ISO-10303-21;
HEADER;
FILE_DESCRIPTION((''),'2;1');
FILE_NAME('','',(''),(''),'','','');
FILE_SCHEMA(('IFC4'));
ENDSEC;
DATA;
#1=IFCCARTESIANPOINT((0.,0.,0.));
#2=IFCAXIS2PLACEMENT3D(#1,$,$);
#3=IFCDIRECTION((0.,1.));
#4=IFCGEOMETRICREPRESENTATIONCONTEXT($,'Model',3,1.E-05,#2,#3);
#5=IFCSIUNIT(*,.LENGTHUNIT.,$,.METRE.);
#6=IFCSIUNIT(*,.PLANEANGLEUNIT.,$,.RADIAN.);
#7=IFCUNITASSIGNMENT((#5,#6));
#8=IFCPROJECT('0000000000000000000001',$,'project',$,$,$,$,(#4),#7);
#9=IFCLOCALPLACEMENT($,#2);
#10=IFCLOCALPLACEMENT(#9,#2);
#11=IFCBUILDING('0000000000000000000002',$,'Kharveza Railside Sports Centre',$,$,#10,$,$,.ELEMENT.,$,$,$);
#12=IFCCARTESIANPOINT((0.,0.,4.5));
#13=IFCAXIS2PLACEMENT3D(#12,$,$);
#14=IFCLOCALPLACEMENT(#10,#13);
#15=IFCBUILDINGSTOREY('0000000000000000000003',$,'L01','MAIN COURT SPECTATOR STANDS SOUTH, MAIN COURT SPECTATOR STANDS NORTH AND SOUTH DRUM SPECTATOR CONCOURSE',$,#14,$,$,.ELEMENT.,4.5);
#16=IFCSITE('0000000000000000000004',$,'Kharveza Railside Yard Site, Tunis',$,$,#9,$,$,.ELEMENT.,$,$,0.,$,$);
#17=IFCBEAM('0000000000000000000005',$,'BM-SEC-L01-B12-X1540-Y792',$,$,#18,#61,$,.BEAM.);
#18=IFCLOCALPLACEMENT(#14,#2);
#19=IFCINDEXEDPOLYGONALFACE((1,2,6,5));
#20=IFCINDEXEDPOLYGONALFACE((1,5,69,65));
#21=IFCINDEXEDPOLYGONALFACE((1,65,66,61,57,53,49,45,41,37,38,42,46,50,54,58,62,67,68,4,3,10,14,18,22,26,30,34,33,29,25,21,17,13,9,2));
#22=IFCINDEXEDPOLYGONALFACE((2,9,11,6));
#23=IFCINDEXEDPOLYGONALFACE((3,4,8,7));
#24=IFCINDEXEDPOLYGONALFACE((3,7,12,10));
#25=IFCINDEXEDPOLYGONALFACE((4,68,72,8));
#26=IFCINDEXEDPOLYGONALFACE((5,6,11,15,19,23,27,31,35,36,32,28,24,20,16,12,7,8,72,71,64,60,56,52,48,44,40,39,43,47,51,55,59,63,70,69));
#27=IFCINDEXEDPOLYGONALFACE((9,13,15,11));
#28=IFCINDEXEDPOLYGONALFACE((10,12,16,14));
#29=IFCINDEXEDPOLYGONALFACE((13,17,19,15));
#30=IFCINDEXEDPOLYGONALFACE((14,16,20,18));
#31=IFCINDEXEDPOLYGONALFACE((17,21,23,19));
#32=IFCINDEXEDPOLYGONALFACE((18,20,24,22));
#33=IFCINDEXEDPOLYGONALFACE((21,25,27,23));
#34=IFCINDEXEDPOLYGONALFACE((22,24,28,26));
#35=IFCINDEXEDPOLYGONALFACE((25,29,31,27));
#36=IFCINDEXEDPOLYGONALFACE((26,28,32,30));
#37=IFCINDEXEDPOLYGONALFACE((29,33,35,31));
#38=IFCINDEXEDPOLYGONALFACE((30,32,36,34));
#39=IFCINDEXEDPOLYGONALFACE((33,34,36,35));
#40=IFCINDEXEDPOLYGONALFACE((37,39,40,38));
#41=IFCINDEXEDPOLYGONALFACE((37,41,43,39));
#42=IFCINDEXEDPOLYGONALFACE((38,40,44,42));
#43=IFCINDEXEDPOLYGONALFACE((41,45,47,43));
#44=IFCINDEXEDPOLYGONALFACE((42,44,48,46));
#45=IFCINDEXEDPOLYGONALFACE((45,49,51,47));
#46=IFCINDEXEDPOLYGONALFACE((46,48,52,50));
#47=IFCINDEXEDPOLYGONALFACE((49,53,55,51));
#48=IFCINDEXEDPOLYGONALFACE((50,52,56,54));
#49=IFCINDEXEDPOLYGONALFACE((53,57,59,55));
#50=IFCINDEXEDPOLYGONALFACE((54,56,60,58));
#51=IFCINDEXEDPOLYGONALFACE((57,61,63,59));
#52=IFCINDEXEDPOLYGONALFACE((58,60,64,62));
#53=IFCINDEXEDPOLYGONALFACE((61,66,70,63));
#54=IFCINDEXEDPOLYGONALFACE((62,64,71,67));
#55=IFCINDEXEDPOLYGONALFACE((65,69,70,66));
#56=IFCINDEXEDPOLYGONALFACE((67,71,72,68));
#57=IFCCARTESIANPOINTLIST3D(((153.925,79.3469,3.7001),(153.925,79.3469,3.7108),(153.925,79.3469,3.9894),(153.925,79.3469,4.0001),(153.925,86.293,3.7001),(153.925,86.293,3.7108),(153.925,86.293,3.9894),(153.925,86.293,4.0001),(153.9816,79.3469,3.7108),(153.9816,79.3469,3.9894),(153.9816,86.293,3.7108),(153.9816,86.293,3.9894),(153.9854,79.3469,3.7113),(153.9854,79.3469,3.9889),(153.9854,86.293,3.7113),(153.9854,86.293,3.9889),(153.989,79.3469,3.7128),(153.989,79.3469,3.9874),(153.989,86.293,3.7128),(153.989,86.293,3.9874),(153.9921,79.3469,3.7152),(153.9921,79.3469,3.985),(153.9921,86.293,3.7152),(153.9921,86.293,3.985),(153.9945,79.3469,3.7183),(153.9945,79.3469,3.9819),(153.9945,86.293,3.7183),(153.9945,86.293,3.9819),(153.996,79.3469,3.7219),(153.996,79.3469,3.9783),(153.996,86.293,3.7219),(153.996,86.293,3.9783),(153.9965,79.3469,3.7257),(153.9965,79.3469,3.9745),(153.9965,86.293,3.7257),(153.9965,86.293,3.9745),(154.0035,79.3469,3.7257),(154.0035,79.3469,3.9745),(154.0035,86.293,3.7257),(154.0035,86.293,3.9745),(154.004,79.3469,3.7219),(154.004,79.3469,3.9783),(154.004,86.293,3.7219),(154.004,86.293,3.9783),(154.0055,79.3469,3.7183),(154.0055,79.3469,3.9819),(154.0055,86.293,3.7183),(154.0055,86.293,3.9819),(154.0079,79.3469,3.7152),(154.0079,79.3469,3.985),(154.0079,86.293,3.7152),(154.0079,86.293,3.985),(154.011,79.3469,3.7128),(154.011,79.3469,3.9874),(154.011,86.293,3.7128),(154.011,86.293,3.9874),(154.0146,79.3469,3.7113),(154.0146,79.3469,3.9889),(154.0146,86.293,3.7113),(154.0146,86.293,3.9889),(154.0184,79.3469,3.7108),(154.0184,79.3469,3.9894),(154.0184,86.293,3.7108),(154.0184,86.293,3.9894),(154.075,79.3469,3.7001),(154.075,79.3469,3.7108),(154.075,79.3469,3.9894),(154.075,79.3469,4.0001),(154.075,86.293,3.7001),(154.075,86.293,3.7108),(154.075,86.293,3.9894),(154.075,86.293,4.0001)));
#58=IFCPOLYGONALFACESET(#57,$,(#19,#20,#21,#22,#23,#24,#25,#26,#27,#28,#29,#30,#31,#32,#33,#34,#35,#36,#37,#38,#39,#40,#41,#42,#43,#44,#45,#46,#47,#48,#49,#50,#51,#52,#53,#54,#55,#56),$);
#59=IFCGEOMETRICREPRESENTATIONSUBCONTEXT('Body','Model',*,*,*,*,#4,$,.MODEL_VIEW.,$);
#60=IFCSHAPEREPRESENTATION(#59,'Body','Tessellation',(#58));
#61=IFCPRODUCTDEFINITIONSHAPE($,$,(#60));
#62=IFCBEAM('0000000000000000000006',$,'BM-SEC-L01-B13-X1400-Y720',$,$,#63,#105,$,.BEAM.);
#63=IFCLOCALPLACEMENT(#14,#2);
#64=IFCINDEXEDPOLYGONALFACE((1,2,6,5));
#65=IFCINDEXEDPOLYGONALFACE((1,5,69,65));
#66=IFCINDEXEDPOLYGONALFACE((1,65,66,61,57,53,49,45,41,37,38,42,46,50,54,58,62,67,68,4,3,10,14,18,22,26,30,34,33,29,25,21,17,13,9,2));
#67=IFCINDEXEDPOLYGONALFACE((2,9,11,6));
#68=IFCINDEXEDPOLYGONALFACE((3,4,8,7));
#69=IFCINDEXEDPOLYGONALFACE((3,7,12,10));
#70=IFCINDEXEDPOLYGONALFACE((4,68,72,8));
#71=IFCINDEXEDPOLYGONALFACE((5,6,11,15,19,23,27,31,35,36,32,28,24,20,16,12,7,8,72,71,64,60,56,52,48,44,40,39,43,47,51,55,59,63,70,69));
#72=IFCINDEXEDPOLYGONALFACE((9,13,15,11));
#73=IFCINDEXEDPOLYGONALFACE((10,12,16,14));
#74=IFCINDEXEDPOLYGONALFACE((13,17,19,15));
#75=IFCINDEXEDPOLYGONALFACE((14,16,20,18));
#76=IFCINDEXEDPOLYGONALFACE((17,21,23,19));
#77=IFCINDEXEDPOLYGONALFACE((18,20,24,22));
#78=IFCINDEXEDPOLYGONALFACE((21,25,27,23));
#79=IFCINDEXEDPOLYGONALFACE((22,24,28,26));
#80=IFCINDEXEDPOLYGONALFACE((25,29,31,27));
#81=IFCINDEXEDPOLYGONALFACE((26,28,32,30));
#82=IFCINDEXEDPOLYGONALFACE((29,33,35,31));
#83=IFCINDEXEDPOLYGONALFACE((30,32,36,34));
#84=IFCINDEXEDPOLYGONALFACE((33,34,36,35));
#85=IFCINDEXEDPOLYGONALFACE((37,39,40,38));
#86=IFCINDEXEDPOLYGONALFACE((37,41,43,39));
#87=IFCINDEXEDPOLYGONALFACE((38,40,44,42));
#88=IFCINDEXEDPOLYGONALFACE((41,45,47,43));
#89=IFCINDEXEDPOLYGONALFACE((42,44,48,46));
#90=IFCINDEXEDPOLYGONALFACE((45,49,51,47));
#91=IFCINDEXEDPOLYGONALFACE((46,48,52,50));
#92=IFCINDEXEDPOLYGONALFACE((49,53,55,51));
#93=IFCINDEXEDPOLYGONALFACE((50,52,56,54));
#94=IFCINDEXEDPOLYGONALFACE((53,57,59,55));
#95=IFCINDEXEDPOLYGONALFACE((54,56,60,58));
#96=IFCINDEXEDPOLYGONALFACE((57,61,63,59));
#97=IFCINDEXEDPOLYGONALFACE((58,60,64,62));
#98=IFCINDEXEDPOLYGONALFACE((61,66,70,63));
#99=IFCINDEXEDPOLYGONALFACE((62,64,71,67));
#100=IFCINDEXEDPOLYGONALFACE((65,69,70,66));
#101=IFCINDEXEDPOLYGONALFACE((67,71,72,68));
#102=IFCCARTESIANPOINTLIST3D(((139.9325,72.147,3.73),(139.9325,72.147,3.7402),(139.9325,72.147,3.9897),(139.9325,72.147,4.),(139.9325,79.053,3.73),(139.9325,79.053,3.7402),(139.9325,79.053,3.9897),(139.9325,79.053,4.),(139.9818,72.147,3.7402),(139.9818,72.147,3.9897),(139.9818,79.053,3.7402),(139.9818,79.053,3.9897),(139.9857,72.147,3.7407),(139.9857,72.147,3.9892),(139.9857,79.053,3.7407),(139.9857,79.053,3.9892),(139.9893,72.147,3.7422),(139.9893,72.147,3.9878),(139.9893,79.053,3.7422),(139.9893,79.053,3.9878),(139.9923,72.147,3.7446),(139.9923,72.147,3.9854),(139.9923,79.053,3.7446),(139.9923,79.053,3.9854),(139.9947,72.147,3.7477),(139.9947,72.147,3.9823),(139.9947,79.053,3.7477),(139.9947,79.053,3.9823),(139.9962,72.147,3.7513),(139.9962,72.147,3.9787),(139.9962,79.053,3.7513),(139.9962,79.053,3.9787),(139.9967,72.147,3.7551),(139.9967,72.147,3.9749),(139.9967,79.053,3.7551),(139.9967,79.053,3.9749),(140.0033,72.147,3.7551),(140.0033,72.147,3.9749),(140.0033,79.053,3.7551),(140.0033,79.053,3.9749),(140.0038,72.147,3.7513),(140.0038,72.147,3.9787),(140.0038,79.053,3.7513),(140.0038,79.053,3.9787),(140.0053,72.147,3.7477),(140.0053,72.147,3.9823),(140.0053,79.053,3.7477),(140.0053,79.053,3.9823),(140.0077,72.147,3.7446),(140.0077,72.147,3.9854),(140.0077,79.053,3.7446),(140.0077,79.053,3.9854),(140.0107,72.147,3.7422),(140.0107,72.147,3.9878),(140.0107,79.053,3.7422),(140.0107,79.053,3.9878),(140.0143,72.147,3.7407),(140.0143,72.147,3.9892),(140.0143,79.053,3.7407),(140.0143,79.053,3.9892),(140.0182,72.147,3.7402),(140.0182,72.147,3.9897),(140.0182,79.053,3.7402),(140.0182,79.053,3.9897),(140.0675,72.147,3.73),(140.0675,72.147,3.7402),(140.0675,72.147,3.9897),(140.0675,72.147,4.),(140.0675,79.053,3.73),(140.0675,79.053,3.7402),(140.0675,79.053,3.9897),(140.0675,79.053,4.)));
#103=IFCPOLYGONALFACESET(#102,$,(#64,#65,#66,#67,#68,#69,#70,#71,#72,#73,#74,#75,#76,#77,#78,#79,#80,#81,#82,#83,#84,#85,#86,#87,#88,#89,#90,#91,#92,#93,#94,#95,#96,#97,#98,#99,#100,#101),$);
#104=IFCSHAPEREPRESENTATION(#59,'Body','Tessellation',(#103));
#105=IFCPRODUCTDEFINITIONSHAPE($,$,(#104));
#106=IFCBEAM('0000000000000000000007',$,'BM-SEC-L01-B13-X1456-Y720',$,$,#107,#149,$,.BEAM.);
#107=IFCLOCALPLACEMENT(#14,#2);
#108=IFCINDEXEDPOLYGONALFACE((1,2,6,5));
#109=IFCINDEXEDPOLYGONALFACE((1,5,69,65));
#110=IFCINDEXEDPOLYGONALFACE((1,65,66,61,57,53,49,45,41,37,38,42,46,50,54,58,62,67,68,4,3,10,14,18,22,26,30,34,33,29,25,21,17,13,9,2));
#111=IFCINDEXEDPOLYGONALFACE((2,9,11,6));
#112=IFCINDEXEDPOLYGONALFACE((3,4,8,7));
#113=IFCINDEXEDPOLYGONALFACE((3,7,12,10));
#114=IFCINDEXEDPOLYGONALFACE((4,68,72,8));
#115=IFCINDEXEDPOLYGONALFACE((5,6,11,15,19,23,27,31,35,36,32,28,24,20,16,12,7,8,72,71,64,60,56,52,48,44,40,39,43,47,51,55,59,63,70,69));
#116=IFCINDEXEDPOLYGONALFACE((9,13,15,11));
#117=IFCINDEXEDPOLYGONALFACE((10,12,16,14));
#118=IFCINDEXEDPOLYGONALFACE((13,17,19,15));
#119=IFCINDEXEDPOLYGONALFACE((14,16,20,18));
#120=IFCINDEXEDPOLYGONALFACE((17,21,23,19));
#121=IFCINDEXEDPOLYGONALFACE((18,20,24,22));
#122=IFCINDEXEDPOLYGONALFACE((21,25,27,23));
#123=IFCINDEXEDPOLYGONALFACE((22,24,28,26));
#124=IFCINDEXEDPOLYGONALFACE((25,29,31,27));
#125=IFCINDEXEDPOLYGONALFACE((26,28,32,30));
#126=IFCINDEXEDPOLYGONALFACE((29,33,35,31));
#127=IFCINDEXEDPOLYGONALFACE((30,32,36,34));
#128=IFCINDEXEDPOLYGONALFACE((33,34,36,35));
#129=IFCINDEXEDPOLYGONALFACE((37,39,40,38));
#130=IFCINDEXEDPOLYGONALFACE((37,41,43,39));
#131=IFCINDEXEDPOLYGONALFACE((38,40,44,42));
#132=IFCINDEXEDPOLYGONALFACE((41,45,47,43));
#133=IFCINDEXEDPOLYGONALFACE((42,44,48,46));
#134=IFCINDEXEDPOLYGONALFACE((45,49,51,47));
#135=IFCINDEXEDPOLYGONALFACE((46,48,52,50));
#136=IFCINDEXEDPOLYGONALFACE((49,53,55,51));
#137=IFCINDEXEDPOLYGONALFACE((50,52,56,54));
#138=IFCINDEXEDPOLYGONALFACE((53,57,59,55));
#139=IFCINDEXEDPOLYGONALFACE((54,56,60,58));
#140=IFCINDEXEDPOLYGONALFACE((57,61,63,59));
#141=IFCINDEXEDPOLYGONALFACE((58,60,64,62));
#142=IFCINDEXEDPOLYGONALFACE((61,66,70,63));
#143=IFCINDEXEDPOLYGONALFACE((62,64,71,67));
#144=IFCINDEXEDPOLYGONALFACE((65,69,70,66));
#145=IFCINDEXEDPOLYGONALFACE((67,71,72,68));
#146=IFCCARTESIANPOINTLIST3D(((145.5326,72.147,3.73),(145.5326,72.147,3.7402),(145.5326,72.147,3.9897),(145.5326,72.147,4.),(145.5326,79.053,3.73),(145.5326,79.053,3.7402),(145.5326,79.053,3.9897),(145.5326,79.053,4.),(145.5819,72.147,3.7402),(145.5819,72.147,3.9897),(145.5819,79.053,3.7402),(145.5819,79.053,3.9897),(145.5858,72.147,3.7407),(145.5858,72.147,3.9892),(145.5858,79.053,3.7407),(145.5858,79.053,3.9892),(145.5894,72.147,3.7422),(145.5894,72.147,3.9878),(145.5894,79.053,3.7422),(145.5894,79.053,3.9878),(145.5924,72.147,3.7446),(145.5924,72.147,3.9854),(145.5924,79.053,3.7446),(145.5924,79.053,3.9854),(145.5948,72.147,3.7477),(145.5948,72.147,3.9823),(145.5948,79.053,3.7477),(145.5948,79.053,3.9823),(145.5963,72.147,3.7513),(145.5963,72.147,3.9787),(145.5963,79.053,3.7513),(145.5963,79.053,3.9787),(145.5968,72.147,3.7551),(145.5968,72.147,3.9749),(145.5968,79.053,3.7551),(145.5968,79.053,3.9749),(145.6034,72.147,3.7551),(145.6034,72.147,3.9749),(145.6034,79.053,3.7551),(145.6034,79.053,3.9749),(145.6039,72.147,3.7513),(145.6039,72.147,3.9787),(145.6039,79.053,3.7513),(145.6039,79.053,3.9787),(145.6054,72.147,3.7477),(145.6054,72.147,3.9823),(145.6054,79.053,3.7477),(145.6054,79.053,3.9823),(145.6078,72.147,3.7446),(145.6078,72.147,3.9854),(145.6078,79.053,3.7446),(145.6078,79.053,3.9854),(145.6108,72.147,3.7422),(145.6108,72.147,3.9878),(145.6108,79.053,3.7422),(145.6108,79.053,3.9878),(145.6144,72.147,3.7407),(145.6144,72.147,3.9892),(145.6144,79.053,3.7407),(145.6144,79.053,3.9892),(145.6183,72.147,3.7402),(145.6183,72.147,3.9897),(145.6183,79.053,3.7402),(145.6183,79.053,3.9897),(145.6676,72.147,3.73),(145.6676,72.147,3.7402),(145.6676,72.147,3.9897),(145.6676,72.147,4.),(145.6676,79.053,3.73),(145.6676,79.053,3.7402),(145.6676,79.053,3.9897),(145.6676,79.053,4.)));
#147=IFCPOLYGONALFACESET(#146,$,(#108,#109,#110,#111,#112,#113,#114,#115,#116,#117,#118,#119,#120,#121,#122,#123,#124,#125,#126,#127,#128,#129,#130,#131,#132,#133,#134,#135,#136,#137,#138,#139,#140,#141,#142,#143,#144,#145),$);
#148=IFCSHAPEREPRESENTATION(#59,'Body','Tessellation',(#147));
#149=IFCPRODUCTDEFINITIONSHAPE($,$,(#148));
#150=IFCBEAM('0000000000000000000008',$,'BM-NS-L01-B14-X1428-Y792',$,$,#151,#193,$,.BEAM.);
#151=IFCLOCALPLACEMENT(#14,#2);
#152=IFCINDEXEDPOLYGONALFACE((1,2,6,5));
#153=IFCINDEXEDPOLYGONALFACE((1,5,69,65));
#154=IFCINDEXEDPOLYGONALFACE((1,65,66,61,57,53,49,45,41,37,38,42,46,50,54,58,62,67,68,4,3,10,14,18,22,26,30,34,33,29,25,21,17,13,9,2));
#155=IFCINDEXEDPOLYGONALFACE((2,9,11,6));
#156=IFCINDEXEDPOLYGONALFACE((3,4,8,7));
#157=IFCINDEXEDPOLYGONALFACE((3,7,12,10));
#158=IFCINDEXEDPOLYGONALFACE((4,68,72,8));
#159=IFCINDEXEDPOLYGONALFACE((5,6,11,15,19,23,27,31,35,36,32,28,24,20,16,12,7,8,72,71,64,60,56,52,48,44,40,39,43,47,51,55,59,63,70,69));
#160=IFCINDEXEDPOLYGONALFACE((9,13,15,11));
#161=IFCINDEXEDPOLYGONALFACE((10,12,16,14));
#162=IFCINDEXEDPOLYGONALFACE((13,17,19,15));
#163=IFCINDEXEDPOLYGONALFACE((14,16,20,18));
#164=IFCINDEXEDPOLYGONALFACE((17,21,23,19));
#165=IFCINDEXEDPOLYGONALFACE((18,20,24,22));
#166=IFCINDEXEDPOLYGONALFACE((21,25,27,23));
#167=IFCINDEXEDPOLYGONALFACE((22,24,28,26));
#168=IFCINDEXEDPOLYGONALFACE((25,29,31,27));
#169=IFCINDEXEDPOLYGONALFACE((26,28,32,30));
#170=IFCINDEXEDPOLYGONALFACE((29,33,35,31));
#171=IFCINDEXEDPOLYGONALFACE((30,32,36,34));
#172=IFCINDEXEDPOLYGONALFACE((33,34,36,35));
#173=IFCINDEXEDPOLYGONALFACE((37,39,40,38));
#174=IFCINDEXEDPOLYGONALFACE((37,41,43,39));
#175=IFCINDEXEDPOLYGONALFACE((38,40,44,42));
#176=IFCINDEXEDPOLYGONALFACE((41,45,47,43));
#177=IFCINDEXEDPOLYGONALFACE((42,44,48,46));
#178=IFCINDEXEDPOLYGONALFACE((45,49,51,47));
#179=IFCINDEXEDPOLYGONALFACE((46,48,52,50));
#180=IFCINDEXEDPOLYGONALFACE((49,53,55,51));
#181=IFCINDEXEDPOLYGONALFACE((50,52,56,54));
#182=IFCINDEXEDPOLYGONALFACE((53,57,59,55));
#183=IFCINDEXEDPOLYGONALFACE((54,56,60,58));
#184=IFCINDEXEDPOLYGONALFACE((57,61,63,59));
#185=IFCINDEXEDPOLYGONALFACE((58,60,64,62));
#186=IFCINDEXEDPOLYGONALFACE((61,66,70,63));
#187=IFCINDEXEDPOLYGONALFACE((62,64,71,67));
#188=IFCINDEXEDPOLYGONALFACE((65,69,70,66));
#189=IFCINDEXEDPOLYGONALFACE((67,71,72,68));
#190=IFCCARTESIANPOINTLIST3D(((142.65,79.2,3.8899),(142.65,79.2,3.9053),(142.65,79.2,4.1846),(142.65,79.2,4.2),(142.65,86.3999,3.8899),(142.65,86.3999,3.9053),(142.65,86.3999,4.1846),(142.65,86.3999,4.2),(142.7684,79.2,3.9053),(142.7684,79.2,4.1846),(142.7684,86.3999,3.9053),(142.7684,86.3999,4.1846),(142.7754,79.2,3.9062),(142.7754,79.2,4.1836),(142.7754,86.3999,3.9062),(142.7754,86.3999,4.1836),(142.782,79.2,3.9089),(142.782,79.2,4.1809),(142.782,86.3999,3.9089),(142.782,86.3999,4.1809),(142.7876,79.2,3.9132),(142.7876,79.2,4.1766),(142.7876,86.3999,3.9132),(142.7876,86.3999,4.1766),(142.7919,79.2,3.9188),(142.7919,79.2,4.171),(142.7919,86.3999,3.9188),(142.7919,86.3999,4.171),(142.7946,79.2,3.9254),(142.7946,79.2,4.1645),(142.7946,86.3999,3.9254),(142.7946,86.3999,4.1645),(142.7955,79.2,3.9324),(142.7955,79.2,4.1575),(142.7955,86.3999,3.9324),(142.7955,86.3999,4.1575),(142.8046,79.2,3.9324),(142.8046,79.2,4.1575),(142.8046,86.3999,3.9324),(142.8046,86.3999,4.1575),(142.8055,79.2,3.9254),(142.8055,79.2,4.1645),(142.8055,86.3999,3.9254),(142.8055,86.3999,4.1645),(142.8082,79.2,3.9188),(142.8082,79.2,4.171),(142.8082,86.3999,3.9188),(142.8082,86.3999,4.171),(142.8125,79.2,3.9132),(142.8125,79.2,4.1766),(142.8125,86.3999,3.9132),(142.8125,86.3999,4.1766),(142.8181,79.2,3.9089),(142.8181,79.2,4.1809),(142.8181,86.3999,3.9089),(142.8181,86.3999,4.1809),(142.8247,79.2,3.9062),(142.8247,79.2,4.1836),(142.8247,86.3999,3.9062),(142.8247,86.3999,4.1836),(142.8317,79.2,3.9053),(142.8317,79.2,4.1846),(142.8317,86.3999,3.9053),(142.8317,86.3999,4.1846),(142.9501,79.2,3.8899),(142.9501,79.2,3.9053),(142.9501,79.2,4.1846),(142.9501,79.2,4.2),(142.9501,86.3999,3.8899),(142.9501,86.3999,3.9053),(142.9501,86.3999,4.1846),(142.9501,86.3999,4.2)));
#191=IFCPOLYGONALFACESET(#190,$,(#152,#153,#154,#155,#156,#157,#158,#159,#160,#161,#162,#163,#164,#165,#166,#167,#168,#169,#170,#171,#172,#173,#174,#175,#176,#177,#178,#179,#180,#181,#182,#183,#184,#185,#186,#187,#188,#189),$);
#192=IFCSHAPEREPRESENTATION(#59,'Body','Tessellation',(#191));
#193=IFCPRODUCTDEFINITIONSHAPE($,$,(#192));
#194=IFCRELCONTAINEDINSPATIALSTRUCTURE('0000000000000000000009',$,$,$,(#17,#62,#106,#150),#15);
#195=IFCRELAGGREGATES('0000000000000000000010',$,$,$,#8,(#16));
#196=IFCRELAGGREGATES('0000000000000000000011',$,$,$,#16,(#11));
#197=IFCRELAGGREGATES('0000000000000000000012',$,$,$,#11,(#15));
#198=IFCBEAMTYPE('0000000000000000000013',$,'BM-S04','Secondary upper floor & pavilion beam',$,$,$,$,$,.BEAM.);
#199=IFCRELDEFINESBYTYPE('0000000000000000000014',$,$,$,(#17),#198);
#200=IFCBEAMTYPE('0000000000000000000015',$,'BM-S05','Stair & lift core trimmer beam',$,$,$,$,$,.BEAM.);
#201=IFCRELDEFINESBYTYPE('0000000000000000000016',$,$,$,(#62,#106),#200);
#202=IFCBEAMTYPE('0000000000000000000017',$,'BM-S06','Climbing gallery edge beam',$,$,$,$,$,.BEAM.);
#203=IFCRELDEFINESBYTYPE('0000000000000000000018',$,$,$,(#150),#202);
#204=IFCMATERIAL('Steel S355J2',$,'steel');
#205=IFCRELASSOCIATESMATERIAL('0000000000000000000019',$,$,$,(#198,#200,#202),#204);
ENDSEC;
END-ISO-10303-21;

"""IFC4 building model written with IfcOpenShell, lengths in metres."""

from ifc_helpers import new_model, si_unit, direction, frame, origin, origin_2d, place, context, subcontext, project, spatial, i_section, extrude, material, material_profile, profile_set, type_object, element, save


model = new_model("IFC4")

# Units and contexts
model_context = context("Model", 3, precision=1e-05, world=origin(), true_north=direction((0.0, 1.0)))
body_context = subcontext(model_context, "Body", "Model", "MODEL_VIEW")
ifc_project = project(units=[si_unit("LENGTHUNIT", "METRE"), si_unit("PLANEANGLEUNIT", "RADIAN")], contexts=[model_context])

# Site, building, storey
site_placement = place(None, origin())
site = spatial("IfcSite", under=ifc_project, at=site_placement, Name="Kharveza Railside Yard Site, Tunis", CompositionType="ELEMENT", RefElevation=0.0)
building_placement = place(site_placement, origin())
building = spatial("IfcBuilding", under=site, at=building_placement, Name="Kharveza Railside Sports Centre", CompositionType="ELEMENT")
storey_placement = place(building_placement, frame((0.0, 0.0, 4.5)))
storey = spatial("IfcBuildingStorey", under=building, at=storey_placement, Name="L01", Description="MAIN COURT SPECTATOR STANDS SOUTH, MAIN COURT SPECTATOR STANDS NORTH AND SOUTH DRUM SPECTATOR CONCOURSE", CompositionType="ELEMENT", Elevation=4.5)

# Shared definitions
ifc_material_1 = material(Name="Steel S355J2", Category="steel")

# Beams
ifc_material_profile_1 = material_profile(ifc_material_1, i_section(OverallWidth=0.1499, OverallDepth=0.3, WebThickness=0.0071, FlangeThickness=0.0107, FilletRadius=0.0149, at=origin_2d()), Name="IPE 300")
ifc_profile_set_1 = profile_set([ifc_material_profile_1], Name="Steel S355J2")
beam_type_1 = type_object("IfcBeamType", Name="BM-S04", Description="Secondary upper floor & pavilion beam", PredefinedType="BEAM", material=ifc_profile_set_1)
beam_1_placement = place(storey_placement, frame((154.0, 79.3469, 3.8501), z_axis=(0.0, 1.0, 0.0), x_axis=(-1.0, 0.0, 0.0)))
element("IfcBeam", 1, at=beam_1_placement, inside=storey, type_object=beam_type_1, Name="BM-SEC-L01-B12-X1540-Y792", PredefinedType="BEAM", context=body_context, shape_type="SweptSolid", body=[
    extrude(i_section(OverallWidth=0.1499, OverallDepth=0.3, WebThickness=0.0071, FlangeThickness=0.0107, FilletRadius=0.0149, at=origin_2d()), origin(), (0.0, 0.0, 1.0), 6.946),
])
ifc_material_profile_2 = material_profile(ifc_material_1, i_section(OverallWidth=0.135, OverallDepth=0.27, WebThickness=0.0066, FlangeThickness=0.0103, FilletRadius=0.0149, at=origin_2d()), Name="IPE 270")
ifc_profile_set_2 = profile_set([ifc_material_profile_2], Name="Steel S355J2")
beam_type_2 = type_object("IfcBeamType", Name="BM-S05", Description="Stair & lift core trimmer beam", PredefinedType="BEAM", material=ifc_profile_set_2)
for number, where, z_axis, x_axis, name in (
    (2, (140.0, 72.147, 3.865), (0.0, 1.0, 0.0), (-1.0, 0.0, 0.0), "BM-SEC-L01-B13-X1400-Y720"),
    (3, (145.6001, 72.147, 3.865), (0.0, 1.0, 0.0), (-1.0, 0.0, 0.0), "BM-SEC-L01-B13-X1456-Y720"),
):
    element("IfcBeam", number, at=place(storey_placement, frame(where, z_axis=z_axis, x_axis=x_axis)), inside=storey, type_object=beam_type_2, Name=name, PredefinedType="BEAM", context=body_context, shape_type="SweptSolid", body=[
        extrude(i_section(OverallWidth=0.135, OverallDepth=0.27, WebThickness=0.0066, FlangeThickness=0.0103, FilletRadius=0.0149, at=origin_2d()), origin(), (0.0, 0.0, 1.0), 6.906),
    ])
ifc_material_profile_3 = material_profile(ifc_material_1, i_section(OverallWidth=0.3, OverallDepth=0.3101, WebThickness=0.009, FlangeThickness=0.0154, FilletRadius=0.0271, at=origin_2d()), Name="HEA 320")
ifc_profile_set_3 = profile_set([ifc_material_profile_3], Name="Steel S355J2")
beam_type_3 = type_object("IfcBeamType", Name="BM-S06", Description="Climbing gallery edge beam", PredefinedType="BEAM", material=ifc_profile_set_3)
beam_2_placement = place(storey_placement, frame((142.8, 79.2, 4.0449), z_axis=(0.0, 1.0, 0.0), x_axis=(-1.0, 0.0, 0.0)))
element("IfcBeam", 4, at=beam_2_placement, inside=storey, type_object=beam_type_3, Name="BM-NS-L01-B14-X1428-Y792", PredefinedType="BEAM", context=body_context, shape_type="SweptSolid", body=[
    extrude(i_section(OverallWidth=0.3, OverallDepth=0.3101, WebThickness=0.009, FlangeThickness=0.0154, FilletRadius=0.0271, at=origin_2d()), origin(), (0.0, 0.0, 1.0), 7.2),
])

save(model, "model.ifc")
